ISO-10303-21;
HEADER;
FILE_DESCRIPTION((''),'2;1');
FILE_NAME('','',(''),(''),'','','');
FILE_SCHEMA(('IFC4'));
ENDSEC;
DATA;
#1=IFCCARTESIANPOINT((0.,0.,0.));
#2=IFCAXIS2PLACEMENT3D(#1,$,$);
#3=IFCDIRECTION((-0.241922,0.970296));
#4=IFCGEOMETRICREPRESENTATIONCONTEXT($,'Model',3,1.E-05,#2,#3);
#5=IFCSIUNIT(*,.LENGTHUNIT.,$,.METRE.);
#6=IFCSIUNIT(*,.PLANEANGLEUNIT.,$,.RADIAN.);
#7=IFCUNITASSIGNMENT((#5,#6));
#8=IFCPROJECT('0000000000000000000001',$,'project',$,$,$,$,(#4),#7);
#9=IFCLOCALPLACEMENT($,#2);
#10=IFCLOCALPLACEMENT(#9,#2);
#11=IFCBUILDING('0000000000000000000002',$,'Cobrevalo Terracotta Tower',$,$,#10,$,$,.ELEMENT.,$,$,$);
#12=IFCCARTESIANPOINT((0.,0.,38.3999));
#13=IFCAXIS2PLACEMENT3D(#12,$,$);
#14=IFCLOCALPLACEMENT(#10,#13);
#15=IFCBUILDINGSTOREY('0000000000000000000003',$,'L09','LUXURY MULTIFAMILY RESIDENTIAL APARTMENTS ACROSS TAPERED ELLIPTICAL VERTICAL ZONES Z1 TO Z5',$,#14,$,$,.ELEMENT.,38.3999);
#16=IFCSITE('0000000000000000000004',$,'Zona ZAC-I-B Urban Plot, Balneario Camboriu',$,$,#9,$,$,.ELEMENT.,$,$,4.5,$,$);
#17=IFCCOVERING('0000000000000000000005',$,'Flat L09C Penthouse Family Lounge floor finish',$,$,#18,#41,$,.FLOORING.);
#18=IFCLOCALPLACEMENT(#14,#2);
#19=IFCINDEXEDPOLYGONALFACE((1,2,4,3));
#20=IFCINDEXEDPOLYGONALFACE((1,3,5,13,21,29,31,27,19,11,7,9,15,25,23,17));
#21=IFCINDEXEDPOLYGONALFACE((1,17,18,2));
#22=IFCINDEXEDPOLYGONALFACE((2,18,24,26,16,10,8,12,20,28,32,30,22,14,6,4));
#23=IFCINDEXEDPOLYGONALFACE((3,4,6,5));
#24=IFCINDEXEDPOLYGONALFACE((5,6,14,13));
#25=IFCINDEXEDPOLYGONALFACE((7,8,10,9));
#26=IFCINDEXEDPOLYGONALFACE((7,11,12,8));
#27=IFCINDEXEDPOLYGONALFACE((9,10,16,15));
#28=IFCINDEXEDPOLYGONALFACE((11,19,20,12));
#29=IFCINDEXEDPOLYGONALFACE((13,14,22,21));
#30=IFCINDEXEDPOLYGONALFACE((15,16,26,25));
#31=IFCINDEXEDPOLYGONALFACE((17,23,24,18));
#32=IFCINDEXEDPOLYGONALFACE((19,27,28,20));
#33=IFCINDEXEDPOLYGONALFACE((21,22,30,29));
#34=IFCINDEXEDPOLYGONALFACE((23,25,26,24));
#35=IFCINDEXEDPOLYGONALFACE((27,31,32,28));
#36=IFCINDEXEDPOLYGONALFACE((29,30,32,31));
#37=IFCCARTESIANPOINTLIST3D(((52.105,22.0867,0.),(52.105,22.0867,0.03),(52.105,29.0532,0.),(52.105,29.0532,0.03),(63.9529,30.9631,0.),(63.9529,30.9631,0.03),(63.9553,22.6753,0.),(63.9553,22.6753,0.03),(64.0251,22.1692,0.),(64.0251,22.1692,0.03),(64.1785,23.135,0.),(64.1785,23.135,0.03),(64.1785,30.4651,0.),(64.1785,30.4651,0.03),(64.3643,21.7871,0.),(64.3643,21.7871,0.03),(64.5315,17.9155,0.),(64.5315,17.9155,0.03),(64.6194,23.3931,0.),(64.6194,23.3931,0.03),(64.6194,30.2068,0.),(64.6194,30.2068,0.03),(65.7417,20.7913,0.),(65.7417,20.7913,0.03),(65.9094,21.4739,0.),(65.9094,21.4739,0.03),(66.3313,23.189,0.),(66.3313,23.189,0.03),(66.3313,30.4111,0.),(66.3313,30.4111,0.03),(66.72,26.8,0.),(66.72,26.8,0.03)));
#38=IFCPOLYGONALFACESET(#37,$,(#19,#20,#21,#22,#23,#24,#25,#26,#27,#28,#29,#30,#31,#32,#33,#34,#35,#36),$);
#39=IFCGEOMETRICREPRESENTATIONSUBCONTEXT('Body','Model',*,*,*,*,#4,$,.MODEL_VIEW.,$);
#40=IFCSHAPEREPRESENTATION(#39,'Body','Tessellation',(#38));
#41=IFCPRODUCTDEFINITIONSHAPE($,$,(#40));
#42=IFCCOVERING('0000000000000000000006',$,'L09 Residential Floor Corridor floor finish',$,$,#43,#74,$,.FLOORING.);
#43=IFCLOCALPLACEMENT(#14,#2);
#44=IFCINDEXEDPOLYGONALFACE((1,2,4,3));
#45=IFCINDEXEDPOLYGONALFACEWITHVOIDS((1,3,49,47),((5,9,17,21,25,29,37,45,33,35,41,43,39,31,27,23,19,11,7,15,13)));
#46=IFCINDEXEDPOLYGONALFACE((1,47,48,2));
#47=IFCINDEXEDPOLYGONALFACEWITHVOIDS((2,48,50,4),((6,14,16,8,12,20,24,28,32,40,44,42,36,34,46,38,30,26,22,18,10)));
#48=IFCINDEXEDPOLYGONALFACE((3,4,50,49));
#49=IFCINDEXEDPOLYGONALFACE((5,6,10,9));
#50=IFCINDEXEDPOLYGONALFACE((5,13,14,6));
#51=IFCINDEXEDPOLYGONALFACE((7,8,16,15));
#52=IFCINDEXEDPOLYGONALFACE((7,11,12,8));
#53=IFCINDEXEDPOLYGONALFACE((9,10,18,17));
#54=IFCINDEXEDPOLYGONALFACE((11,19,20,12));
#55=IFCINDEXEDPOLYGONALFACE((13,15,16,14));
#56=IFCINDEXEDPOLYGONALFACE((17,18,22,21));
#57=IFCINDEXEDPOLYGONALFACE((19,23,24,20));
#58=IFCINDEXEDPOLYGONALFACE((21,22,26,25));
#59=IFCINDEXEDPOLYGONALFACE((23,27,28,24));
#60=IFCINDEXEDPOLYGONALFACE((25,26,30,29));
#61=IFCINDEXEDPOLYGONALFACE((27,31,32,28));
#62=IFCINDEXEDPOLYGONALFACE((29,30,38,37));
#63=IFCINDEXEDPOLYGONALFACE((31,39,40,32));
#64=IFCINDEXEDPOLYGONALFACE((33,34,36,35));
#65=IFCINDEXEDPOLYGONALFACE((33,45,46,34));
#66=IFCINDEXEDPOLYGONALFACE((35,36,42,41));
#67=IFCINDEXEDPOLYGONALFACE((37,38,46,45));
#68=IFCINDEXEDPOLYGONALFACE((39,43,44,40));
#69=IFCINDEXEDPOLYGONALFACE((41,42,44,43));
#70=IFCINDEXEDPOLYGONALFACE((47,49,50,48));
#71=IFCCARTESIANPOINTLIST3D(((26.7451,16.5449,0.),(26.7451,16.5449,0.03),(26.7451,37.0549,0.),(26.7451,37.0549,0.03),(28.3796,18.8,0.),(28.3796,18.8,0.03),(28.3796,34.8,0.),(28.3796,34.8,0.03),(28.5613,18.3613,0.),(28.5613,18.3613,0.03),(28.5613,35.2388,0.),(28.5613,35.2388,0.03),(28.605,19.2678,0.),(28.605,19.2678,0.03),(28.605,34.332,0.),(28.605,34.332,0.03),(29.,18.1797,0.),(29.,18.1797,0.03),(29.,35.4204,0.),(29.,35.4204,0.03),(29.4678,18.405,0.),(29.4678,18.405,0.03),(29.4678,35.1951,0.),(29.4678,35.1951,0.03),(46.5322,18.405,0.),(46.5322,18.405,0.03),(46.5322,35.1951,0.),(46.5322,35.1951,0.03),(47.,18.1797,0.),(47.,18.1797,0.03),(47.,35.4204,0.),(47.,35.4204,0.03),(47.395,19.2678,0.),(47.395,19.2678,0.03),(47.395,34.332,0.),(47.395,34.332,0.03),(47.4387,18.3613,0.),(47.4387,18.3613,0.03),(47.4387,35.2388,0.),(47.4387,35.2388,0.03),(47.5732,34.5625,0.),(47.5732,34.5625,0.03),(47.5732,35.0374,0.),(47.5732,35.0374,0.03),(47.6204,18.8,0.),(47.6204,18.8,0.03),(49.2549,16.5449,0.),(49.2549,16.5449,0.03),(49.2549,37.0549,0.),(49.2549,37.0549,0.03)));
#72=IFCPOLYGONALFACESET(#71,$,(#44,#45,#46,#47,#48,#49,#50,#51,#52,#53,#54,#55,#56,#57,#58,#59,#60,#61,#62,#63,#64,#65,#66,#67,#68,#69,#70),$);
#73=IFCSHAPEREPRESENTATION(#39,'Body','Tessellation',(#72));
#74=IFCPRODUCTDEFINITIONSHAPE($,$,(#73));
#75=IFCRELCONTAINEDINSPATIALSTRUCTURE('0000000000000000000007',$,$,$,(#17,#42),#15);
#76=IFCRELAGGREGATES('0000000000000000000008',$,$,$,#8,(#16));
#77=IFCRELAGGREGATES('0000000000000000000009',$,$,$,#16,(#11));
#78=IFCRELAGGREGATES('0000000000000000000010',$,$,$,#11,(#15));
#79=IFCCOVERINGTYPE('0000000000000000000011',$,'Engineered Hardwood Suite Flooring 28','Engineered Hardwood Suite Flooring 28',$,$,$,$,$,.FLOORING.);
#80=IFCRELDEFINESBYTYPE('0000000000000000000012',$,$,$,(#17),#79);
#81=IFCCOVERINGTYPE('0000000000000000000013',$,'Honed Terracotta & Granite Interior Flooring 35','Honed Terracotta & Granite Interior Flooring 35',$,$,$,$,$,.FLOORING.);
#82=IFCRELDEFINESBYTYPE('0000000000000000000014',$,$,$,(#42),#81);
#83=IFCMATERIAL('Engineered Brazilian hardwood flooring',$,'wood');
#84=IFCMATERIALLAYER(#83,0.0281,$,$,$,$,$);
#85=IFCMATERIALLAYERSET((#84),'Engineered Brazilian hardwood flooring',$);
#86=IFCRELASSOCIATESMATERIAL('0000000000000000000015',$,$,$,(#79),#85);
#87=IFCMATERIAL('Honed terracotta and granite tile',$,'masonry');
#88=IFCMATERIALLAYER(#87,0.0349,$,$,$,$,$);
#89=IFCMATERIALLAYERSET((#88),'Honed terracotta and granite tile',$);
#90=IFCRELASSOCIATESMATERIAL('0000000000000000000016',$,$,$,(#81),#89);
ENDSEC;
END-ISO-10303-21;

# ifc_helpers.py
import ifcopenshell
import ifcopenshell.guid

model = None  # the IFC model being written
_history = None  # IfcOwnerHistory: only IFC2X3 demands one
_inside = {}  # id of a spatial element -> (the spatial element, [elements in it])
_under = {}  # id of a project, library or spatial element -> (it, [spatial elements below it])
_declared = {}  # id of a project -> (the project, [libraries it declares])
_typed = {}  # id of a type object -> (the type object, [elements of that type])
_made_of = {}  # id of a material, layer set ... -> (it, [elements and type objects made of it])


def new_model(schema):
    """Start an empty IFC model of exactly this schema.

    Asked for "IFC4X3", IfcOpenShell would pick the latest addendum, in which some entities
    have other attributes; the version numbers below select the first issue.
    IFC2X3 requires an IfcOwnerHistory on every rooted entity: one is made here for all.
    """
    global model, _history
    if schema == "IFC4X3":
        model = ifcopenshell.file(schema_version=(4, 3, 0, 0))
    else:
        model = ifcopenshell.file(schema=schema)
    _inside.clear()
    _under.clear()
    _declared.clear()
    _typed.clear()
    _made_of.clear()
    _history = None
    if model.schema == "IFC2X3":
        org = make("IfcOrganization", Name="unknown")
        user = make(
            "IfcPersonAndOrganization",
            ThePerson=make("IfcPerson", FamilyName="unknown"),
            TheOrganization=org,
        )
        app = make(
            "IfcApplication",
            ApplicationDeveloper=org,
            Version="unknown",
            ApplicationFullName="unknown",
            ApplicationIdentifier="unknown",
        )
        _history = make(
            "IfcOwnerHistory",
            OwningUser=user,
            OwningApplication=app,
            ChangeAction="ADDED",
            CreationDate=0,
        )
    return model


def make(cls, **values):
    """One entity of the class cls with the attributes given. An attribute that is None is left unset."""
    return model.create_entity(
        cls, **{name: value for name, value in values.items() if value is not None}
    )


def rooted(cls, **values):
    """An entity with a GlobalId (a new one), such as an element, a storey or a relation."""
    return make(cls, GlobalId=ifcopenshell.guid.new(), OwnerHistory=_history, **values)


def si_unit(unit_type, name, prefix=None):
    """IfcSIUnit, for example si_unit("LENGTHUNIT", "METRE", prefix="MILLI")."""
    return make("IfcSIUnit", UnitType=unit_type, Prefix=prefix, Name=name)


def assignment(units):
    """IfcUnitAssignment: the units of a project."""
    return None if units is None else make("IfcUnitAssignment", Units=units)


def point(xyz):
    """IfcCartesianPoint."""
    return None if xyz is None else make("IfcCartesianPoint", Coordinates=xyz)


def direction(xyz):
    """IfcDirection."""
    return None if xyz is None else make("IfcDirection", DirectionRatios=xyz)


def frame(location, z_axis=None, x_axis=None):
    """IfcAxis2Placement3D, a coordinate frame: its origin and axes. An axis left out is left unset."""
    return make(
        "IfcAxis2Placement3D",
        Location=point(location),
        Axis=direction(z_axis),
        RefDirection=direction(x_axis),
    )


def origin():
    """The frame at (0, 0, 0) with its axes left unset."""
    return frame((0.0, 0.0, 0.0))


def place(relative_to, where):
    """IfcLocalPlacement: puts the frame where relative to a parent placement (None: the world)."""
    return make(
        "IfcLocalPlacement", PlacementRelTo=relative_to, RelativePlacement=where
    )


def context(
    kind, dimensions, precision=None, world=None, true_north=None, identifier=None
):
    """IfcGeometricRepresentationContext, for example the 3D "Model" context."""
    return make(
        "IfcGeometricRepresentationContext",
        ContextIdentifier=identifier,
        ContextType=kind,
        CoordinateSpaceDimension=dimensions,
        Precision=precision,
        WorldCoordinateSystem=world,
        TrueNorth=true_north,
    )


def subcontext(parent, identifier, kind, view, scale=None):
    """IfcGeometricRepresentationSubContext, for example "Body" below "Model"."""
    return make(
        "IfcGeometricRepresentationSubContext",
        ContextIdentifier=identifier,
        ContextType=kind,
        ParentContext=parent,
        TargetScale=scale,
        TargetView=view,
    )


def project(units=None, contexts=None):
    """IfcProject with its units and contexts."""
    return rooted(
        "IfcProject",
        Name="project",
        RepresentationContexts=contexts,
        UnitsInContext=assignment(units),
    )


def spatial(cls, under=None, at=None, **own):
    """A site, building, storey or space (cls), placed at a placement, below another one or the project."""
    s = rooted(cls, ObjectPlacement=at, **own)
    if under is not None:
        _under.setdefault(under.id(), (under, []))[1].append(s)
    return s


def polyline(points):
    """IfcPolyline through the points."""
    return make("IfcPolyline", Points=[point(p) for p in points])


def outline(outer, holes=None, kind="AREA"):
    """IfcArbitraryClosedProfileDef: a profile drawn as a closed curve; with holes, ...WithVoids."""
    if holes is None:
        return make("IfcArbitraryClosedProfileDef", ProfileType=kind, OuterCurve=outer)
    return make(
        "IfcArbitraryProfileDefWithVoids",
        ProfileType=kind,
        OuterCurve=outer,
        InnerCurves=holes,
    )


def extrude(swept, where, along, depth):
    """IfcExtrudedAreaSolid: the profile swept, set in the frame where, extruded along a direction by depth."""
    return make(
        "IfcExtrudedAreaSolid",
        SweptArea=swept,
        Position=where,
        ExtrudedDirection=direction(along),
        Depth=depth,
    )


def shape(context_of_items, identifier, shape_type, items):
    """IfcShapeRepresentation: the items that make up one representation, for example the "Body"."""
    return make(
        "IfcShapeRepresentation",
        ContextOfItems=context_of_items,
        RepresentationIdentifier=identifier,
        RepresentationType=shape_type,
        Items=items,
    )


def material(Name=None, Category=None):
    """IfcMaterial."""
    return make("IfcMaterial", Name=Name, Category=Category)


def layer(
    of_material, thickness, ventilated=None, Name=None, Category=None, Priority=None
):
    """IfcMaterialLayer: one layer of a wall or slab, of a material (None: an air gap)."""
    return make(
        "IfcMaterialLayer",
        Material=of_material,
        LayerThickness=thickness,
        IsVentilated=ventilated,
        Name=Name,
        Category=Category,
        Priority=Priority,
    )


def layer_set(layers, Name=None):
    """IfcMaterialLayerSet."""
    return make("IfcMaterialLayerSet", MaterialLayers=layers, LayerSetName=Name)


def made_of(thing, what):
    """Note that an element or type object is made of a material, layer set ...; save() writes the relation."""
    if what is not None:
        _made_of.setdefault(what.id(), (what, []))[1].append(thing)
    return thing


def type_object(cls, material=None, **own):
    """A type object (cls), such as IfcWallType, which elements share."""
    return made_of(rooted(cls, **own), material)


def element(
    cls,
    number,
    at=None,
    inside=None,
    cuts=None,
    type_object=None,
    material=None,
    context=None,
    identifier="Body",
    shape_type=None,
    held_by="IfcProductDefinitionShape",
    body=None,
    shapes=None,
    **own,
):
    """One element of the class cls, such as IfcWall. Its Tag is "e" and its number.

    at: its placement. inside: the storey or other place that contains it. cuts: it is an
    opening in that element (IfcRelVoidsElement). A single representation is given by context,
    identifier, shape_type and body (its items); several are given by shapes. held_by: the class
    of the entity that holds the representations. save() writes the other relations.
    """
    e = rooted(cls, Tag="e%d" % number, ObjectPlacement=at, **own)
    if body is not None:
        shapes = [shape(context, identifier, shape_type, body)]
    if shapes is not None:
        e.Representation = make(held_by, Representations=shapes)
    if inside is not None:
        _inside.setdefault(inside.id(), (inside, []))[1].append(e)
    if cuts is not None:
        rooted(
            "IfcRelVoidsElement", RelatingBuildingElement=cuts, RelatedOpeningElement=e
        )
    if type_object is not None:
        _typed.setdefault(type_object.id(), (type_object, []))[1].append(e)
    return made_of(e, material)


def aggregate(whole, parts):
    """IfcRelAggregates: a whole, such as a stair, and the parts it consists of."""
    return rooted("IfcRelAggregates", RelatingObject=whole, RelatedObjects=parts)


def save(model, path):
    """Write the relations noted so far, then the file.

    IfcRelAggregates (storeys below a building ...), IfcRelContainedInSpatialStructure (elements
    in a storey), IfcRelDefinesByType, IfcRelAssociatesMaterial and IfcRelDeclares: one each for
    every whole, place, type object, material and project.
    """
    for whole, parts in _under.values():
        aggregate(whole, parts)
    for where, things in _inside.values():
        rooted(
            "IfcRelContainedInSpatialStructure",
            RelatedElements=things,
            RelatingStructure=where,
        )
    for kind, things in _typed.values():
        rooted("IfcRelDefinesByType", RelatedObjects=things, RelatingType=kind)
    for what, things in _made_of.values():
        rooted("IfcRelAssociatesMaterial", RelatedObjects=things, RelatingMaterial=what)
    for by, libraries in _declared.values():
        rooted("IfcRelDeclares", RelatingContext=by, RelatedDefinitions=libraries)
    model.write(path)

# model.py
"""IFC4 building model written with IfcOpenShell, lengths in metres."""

from ifc_helpers import new_model, si_unit, direction, frame, origin, place, context, subcontext, project, spatial, polyline, outline, extrude, material, layer, layer_set, type_object, element, save


model = new_model("IFC4")

# Units and contexts
model_context = context("Model", 3, precision=1e-05, world=origin(), true_north=direction((-0.241922, 0.970296)))
body_context = subcontext(model_context, "Body", "Model", "MODEL_VIEW")
ifc_project = project(units=[si_unit("LENGTHUNIT", "METRE"), si_unit("PLANEANGLEUNIT", "RADIAN")], contexts=[model_context])

# Site, building, storey
site_placement = place(None, origin())
site = spatial("IfcSite", under=ifc_project, at=site_placement, Name="Zona ZAC-I-B Urban Plot, Balneario Camboriu", CompositionType="ELEMENT", RefElevation=4.5)
building_placement = place(site_placement, origin())
building = spatial("IfcBuilding", under=site, at=building_placement, Name="Cobrevalo Terracotta Tower", CompositionType="ELEMENT")
storey_placement = place(building_placement, frame((0.0, 0.0, 38.3999)))
storey = spatial("IfcBuildingStorey", under=building, at=storey_placement, Name="L09", Description="LUXURY MULTIFAMILY RESIDENTIAL APARTMENTS ACROSS TAPERED ELLIPTICAL VERTICAL ZONES Z1 TO Z5", CompositionType="ELEMENT", Elevation=38.3999)

# Coverings
ifc_material_1 = material(Name="Engineered Brazilian hardwood flooring", Category="wood")
ifc_layer_1 = layer(ifc_material_1, 0.0281)
ifc_layer_set_1 = layer_set([ifc_layer_1], Name="Engineered Brazilian hardwood flooring")
covering_type_1 = type_object("IfcCoveringType", Name="Engineered Hardwood Suite Flooring 28", Description="Engineered Hardwood Suite Flooring 28", PredefinedType="FLOORING", material=ifc_layer_set_1)
covering_1_placement = place(storey_placement, origin())
element("IfcCovering", 1, at=covering_1_placement, inside=storey, type_object=covering_type_1, Name="Flat L09C Penthouse Family Lounge floor finish", PredefinedType="FLOORING", context=body_context, shape_type="SweptSolid", body=[
    extrude(outline(polyline([(52.105, 22.0867), (52.105, 29.0532), (63.9529, 30.9631), (64.1785, 30.4651), (64.6194, 30.2068), (66.3313, 30.4111), (66.72, 26.8), (66.3313, 23.189), (64.6194, 23.3931), (64.1785, 23.135), (63.9553, 22.6753), (64.0251, 22.1692), (64.3643, 21.7871), (65.9094, 21.4739), (65.7417, 20.7913), (64.5315, 17.9155), (52.105, 22.0867)])), origin(), (0.0, 0.0, 1.0), 0.03),
])
ifc_material_2 = material(Name="Honed terracotta and granite tile", Category="masonry")
ifc_layer_2 = layer(ifc_material_2, 0.0349)
ifc_layer_set_2 = layer_set([ifc_layer_2], Name="Honed terracotta and granite tile")
covering_type_2 = type_object("IfcCoveringType", Name="Honed Terracotta & Granite Interior Flooring 35", Description="Honed Terracotta & Granite Interior Flooring 35", PredefinedType="FLOORING", material=ifc_layer_set_2)
covering_2_placement = place(storey_placement, origin())
element("IfcCovering", 2, at=covering_2_placement, inside=storey, type_object=covering_type_2, Name="L09 Residential Floor Corridor floor finish", PredefinedType="FLOORING", context=body_context, shape_type="SweptSolid", body=[
    extrude(outline(polyline([(49.2549, 37.0549), (49.2549, 16.5449), (26.7451, 16.5449), (26.7451, 37.0549), (49.2549, 37.0549)]), holes=[polyline([(47.395, 34.332), (47.5732, 34.5625), (47.5732, 35.0374), (47.4387, 35.2388), (47.0, 35.4204), (46.5322, 35.1951), (29.4678, 35.1951), (29.0, 35.4204), (28.5613, 35.2388), (28.3796, 34.8), (28.605, 34.332), (28.605, 19.2678), (28.3796, 18.8), (28.5613, 18.3613), (29.0, 18.1797), (29.4678, 18.405), (46.5322, 18.405), (47.0, 18.1797), (47.4387, 18.3613), (47.6204, 18.8), (47.395, 19.2678), (47.395, 34.332)])]), origin(), (0.0, 0.0, 1.0), 0.03),
])

save(model, "model.ifc")
